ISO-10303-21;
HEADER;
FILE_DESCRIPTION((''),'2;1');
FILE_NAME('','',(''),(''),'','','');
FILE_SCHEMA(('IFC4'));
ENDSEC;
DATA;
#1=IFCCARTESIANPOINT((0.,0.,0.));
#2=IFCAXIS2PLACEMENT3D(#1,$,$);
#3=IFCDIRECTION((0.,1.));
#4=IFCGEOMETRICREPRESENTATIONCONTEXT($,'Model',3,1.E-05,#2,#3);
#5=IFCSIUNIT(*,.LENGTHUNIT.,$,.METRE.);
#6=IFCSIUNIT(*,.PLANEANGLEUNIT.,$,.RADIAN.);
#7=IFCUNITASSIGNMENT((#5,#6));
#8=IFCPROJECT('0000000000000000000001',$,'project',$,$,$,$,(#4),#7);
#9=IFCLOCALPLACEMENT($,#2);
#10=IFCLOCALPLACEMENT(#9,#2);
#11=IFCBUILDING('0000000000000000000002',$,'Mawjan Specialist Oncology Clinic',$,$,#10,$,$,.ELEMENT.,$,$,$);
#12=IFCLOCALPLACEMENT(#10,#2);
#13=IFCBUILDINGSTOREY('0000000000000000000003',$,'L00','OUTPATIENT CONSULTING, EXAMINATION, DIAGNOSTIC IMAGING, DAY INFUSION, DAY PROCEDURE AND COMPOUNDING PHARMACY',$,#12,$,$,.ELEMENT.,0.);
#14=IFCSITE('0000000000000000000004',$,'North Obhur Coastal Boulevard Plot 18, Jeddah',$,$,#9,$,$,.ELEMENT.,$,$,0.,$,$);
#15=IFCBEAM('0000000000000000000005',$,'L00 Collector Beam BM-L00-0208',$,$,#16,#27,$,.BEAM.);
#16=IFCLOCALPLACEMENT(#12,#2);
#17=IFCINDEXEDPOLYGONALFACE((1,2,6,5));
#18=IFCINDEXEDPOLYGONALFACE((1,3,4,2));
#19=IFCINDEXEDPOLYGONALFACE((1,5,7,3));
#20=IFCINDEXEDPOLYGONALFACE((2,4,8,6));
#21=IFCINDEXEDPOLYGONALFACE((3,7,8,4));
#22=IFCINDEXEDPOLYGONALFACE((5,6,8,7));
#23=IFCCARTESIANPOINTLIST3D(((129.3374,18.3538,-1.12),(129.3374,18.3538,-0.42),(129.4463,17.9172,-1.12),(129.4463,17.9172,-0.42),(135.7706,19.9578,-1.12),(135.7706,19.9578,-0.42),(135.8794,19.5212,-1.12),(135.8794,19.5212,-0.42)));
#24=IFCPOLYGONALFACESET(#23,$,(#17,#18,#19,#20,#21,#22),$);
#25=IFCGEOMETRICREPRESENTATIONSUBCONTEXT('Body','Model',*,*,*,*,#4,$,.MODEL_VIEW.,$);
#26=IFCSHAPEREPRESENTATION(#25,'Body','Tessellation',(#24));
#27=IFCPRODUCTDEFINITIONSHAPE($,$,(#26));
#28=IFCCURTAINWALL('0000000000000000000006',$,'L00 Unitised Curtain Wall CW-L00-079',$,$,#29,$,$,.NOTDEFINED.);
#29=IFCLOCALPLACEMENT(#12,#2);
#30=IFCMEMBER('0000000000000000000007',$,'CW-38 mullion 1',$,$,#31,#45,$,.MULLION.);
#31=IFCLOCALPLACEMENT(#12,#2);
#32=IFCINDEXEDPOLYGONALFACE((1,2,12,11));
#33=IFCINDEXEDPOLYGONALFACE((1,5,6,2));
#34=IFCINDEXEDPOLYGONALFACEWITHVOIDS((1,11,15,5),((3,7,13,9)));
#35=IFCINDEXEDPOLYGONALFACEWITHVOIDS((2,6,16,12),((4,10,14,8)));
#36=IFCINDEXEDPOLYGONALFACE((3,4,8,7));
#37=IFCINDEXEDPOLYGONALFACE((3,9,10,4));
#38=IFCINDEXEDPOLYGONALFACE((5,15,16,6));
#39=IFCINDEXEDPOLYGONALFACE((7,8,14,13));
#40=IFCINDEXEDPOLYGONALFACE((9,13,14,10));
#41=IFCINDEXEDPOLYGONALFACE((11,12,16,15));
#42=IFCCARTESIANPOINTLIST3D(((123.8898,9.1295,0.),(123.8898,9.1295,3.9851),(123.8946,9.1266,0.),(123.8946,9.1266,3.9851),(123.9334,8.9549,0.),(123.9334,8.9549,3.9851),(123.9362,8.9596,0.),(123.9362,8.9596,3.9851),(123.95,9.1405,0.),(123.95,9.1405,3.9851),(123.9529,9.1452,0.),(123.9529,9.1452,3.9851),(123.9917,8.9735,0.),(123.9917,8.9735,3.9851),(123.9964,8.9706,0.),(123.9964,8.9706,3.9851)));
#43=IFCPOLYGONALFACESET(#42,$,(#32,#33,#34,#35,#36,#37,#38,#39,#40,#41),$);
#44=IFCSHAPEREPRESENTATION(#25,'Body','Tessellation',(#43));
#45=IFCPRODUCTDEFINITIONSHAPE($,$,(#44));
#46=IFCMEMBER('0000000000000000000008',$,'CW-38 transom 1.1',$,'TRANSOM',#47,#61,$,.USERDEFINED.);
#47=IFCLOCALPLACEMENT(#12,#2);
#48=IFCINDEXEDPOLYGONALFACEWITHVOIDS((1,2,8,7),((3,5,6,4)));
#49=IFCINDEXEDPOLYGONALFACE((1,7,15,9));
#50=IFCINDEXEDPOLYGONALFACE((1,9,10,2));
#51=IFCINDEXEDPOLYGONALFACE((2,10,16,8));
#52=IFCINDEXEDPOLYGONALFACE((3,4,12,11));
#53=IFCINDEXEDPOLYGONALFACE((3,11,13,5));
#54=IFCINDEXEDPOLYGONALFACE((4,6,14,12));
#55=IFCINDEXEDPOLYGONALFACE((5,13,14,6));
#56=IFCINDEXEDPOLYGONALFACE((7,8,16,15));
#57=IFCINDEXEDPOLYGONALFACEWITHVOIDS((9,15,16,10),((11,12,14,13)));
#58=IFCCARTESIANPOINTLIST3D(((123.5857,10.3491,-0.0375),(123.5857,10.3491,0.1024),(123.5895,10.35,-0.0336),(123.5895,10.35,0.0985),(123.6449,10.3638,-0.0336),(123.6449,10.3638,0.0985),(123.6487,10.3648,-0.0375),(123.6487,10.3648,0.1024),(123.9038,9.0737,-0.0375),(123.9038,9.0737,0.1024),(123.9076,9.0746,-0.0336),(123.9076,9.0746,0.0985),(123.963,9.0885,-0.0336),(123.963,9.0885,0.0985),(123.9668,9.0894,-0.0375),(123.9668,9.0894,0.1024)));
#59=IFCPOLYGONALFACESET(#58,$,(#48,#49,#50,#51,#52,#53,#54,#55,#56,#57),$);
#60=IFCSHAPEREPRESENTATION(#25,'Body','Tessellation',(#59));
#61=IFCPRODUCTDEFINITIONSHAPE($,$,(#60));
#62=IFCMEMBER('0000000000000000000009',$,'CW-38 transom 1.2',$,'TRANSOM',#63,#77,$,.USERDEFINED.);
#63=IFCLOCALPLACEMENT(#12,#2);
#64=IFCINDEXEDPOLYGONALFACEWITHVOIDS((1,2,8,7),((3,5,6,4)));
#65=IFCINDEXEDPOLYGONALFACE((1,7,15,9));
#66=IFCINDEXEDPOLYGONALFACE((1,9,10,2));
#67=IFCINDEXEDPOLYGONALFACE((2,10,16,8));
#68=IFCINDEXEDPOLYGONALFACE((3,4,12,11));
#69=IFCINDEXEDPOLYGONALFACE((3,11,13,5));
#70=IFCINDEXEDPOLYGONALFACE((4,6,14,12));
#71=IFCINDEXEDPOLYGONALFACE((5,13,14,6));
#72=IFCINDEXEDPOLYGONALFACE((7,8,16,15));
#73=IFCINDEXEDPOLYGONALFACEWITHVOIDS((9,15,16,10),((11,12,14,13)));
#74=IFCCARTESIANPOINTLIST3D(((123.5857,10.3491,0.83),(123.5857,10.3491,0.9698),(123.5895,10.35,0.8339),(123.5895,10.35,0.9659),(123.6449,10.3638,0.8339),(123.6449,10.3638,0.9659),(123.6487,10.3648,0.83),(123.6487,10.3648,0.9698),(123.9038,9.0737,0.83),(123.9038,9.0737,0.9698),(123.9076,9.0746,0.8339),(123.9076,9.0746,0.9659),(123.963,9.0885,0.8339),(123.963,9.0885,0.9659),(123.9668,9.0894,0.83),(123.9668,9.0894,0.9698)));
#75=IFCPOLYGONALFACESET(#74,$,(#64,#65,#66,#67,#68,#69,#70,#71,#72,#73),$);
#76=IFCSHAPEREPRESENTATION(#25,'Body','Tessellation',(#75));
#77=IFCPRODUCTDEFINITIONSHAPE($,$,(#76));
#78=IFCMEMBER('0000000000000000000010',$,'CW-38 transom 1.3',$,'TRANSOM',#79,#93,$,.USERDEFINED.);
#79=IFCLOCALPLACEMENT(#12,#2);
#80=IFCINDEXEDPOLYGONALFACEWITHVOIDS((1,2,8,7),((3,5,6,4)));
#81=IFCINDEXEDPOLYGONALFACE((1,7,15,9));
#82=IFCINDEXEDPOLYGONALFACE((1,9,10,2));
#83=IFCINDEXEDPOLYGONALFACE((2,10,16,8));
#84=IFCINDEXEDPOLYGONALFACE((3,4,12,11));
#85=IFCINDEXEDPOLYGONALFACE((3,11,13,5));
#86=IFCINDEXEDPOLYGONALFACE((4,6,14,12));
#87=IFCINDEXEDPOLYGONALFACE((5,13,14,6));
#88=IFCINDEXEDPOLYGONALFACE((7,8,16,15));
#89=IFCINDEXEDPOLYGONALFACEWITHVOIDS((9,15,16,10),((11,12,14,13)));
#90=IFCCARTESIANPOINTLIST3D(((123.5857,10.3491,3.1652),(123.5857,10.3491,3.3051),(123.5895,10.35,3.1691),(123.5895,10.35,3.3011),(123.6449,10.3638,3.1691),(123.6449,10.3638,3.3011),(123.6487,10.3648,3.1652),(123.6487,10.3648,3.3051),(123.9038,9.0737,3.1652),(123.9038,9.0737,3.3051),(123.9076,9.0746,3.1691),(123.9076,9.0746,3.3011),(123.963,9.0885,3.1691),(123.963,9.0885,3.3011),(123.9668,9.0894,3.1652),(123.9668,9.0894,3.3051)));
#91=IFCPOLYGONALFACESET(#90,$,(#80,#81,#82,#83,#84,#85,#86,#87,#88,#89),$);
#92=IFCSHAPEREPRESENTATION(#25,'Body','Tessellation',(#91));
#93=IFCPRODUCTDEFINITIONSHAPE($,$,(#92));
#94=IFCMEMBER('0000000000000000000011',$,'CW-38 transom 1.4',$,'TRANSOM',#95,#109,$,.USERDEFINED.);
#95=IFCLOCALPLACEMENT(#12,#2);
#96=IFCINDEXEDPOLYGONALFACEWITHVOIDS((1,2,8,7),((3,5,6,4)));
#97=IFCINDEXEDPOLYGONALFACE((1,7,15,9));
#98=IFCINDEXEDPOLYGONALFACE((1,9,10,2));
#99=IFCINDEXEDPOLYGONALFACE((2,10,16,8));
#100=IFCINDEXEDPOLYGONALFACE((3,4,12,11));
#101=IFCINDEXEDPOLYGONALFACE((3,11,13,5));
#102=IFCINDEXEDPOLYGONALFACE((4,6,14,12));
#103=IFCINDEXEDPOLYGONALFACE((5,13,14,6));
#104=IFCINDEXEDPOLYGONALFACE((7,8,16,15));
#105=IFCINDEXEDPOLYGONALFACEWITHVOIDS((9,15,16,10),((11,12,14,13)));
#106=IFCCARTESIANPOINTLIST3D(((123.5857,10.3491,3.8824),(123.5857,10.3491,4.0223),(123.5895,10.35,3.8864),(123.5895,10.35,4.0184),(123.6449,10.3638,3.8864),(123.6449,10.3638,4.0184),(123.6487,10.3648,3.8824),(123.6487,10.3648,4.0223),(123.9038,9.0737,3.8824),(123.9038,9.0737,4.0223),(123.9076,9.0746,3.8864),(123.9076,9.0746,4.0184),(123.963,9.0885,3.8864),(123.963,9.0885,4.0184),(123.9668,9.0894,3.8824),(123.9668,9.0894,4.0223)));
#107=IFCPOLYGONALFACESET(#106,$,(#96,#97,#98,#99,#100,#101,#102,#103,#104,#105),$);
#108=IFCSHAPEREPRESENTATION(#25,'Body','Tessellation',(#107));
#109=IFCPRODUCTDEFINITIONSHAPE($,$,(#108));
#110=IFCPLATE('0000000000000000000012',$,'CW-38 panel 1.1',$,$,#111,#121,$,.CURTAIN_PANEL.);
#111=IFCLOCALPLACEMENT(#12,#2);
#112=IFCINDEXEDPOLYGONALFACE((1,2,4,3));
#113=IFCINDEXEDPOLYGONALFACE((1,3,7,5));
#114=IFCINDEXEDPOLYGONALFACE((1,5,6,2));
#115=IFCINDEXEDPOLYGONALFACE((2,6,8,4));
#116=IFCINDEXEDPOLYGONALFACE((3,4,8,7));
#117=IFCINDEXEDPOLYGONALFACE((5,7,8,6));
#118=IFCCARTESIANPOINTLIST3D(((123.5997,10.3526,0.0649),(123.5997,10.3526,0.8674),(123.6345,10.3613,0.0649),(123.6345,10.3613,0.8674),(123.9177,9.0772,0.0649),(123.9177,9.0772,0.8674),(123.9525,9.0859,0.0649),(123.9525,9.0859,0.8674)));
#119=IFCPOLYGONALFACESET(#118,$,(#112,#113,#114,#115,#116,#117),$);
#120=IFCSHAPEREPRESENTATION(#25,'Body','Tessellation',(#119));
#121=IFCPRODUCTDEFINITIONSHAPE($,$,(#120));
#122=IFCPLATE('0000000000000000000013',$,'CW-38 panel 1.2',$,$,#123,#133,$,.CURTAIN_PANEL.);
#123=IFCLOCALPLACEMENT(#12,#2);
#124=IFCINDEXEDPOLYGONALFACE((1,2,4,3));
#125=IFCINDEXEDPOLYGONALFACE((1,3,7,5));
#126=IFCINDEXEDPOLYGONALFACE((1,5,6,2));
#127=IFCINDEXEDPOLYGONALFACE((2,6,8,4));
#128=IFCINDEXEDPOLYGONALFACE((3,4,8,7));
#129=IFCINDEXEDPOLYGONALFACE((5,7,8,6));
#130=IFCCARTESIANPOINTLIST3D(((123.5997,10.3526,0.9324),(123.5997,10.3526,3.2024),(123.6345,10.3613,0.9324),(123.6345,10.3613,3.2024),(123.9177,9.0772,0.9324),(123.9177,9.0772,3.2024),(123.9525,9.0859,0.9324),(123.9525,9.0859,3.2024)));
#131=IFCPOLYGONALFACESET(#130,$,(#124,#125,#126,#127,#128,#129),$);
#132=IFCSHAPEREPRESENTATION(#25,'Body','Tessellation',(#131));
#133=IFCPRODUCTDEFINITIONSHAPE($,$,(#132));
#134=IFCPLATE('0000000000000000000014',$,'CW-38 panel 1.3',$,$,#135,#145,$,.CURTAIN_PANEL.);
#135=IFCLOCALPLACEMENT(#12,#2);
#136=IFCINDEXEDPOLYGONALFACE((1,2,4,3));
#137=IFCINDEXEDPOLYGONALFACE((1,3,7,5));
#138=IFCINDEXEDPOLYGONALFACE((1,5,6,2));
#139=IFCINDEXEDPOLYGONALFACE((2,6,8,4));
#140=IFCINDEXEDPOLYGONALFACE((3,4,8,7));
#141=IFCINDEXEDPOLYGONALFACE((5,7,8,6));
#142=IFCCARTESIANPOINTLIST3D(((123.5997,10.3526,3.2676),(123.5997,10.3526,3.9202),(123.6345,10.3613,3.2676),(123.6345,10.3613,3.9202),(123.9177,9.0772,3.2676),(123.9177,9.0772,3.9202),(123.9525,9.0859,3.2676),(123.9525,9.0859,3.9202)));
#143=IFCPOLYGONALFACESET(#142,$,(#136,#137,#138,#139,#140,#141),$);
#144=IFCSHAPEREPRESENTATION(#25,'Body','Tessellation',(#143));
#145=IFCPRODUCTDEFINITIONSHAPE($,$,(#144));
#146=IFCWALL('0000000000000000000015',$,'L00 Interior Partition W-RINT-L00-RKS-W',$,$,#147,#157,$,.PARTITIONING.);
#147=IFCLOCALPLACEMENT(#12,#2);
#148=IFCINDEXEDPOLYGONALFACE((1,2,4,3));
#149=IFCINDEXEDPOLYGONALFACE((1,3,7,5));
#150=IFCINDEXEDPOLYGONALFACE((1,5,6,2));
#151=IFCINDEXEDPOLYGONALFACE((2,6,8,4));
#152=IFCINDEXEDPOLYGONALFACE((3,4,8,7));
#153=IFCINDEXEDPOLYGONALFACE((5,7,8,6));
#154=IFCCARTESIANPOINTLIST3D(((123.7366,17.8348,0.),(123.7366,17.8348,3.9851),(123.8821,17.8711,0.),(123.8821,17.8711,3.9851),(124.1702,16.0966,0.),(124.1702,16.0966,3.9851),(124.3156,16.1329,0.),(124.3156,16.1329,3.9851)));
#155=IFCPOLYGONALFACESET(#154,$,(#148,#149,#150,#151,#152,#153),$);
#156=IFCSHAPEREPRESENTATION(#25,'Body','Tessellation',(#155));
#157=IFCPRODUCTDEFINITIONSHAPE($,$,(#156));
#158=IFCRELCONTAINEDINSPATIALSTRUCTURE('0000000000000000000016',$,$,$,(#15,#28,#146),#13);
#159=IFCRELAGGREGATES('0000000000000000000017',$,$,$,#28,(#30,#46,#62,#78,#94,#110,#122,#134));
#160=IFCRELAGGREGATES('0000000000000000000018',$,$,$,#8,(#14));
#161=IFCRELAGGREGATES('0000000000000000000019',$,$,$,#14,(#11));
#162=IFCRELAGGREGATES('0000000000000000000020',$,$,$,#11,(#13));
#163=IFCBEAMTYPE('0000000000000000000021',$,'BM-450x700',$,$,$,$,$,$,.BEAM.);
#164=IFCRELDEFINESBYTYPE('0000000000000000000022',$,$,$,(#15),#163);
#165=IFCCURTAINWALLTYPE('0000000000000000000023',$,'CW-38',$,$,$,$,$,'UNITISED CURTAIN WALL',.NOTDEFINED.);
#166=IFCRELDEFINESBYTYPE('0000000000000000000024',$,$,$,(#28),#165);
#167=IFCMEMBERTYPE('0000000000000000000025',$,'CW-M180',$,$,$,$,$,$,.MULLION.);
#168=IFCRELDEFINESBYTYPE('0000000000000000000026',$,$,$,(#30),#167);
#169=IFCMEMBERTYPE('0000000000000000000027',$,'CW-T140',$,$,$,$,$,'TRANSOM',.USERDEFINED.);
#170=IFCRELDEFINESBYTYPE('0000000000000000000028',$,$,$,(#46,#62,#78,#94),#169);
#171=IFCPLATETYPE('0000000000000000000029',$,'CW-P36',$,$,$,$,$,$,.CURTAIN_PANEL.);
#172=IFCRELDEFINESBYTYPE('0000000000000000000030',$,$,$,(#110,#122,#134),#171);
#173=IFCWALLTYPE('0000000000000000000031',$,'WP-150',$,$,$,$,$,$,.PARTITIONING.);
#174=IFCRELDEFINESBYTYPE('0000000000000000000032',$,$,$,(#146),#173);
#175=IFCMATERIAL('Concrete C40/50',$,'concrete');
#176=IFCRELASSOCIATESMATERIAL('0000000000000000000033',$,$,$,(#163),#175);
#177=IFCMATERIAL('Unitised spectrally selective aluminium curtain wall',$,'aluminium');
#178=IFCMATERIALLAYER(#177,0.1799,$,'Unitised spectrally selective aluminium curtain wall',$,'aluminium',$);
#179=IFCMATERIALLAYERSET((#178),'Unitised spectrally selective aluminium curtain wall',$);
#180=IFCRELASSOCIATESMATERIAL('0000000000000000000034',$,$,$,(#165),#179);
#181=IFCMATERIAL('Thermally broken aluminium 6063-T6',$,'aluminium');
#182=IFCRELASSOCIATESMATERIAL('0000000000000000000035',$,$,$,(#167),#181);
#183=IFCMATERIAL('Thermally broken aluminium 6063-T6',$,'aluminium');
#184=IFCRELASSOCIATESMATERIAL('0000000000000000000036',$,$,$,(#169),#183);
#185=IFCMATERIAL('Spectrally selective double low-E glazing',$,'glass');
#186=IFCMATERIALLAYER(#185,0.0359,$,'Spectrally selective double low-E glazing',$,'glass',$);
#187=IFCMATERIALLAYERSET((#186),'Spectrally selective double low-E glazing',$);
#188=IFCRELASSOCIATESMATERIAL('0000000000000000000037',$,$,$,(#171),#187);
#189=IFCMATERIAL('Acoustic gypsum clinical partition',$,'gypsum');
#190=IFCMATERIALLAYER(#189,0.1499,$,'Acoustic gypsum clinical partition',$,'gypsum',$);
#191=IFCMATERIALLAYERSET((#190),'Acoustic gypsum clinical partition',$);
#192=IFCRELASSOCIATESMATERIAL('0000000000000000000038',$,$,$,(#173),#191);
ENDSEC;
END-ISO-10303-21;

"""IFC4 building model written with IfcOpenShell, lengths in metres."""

from ifc_helpers import new_model, si_unit, direction, frame, frame_2d, origin, origin_2d, place, context, subcontext, project, spatial, rectangle, hollow_rectangle, extrude, material, layer, layer_set, material_profile, profile_set, type_object, element, aggregate, save


model = new_model("IFC4")

# Units and contexts
model_context = context("Model", 3, precision=1e-05, world=origin(), true_north=direction((0.0, 1.0)))
body_context = subcontext(model_context, "Body", "Model", "MODEL_VIEW")
ifc_project = project(units=[si_unit("LENGTHUNIT", "METRE"), si_unit("PLANEANGLEUNIT", "RADIAN")], contexts=[model_context])

# Site, building, storey
site_placement = place(None, origin())
site = spatial("IfcSite", under=ifc_project, at=site_placement, Name="North Obhur Coastal Boulevard Plot 18, Jeddah", CompositionType="ELEMENT", RefElevation=0.0)
building_placement = place(site_placement, origin())
building = spatial("IfcBuilding", under=site, at=building_placement, Name="Mawjan Specialist Oncology Clinic", CompositionType="ELEMENT")
storey_placement = place(building_placement, origin())
storey = spatial("IfcBuildingStorey", under=building, at=storey_placement, Name="L00", Description="OUTPATIENT CONSULTING, EXAMINATION, DIAGNOSTIC IMAGING, DAY INFUSION, DAY PROCEDURE AND COMPOUNDING PHARMACY", CompositionType="ELEMENT", Elevation=0.0)

# Beam
ifc_material_1 = material(Name="Concrete C40/50", Category="concrete")
ifc_material_profile_1 = material_profile(ifc_material_1, rectangle(XDim=0.45, YDim=0.7, at=origin_2d()), Name="RC BM 450x700", Category="concrete")
ifc_profile_set_1 = profile_set([ifc_material_profile_1], Name="Concrete C40/50")
beam_type = type_object("IfcBeamType", Name="BM-450x700", PredefinedType="BEAM", material=ifc_profile_set_1)
beam_placement = place(storey_placement, frame((129.3918, 18.1355, -0.77), z_axis=(0.970294, 0.241929, 0.0), x_axis=(-0.241929, 0.970294, 0.0)))
element("IfcBeam", 1, at=beam_placement, inside=storey, type_object=beam_type, Name="L00 Collector Beam BM-L00-0208", PredefinedType="BEAM", context=body_context, shape_type="SweptSolid", body=[
    extrude(rectangle(XDim=0.45, YDim=0.7, at=origin_2d()), origin(), (0.0, 0.0, 1.0), 6.6301),
])

# Curtain wall, members, plates
ifc_material_2 = material(Name="Unitised spectrally selective aluminium curtain wall", Category="aluminium")
ifc_layer_1 = layer(ifc_material_2, 0.1799, Name="Unitised spectrally selective aluminium curtain wall", Category="aluminium")
ifc_layer_set_1 = layer_set([ifc_layer_1], Name="Unitised spectrally selective aluminium curtain wall")
curtain_wall_type = type_object("IfcCurtainWallType", Name="CW-38", ElementType="UNITISED CURTAIN WALL", PredefinedType="NOTDEFINED", material=ifc_layer_set_1)
curtain_wall_placement = place(storey_placement, origin())
curtain_wall = element("IfcCurtainWall", 2, at=curtain_wall_placement, inside=storey, type_object=curtain_wall_type, Name="L00 Unitised Curtain Wall CW-L00-079", PredefinedType="NOTDEFINED")
ifc_material_3 = material(Name="Thermally broken aluminium 6063-T6", Category="aluminium")
ifc_material_profile_2 = material_profile(ifc_material_3, hollow_rectangle(XDim=0.0649, YDim=0.1799, WallThickness=0.0039, at=origin_2d()), Name="ALU MULLION 180x65x4", Category="aluminium")
ifc_profile_set_2 = profile_set([ifc_material_profile_2], Name="Thermally broken aluminium 6063-T6")
member_type_1 = type_object("IfcMemberType", Name="CW-M180", PredefinedType="MULLION", material=ifc_profile_set_2)
member_1_placement = place(storey_placement, frame((123.9431, 9.05, 0.0), z_axis=(0.0, 0.0, 1.0), x_axis=(-0.970296, -0.241922, 0.0)))
member_1 = element("IfcMember", 3, at=member_1_placement, type_object=member_type_1, Name="CW-38 mullion 1", PredefinedType="MULLION", context=body_context, shape_type="SweptSolid", body=[
    extrude(hollow_rectangle(XDim=0.0649, YDim=0.1799, WallThickness=0.0039, at=origin_2d()), origin(), (0.0, 0.0, 1.0), 3.9851),
])
ifc_material_4 = material(Name="Thermally broken aluminium 6063-T6", Category="aluminium")
ifc_material_profile_3 = material_profile(ifc_material_4, hollow_rectangle(XDim=0.0649, YDim=0.1399, WallThickness=0.0039, at=origin_2d()), Name="ALU TRANSOM 140x65x4", Category="aluminium")
ifc_profile_set_3 = profile_set([ifc_material_profile_3], Name="Thermally broken aluminium 6063-T6")
member_type_2 = type_object("IfcMemberType", Name="CW-T140", ElementType="TRANSOM", PredefinedType="USERDEFINED", material=ifc_profile_set_3)
member_2_placement = place(storey_placement, frame((123.9353, 9.0815, 0.0325), z_axis=(-0.242011, 0.970273, 0.0), x_axis=(-0.970273, -0.242011, 0.0)))
member_2 = element("IfcMember", 4, at=member_2_placement, type_object=member_type_2, Name="CW-38 transom 1.1", ObjectType="TRANSOM", PredefinedType="USERDEFINED", context=body_context, shape_type="SweptSolid", body=[
    extrude(hollow_rectangle(XDim=0.0649, YDim=0.1399, WallThickness=0.0039, at=origin_2d()), origin(), (0.0, 0.0, 1.0), 1.3145),
])
member_3_placement = place(storey_placement, frame((123.9353, 9.0815, 0.8999), z_axis=(-0.242011, 0.970273, 0.0), x_axis=(-0.970273, -0.242011, 0.0)))
member_3 = element("IfcMember", 5, at=member_3_placement, type_object=member_type_2, Name="CW-38 transom 1.2", ObjectType="TRANSOM", PredefinedType="USERDEFINED", context=body_context, shape_type="SweptSolid", body=[
    extrude(hollow_rectangle(XDim=0.0649, YDim=0.1399, WallThickness=0.0039, at=origin_2d()), origin(), (0.0, 0.0, 1.0), 1.3145),
])
member_4_placement = place(storey_placement, frame((123.9353, 9.0815, 3.2351), z_axis=(-0.242011, 0.970273, 0.0), x_axis=(-0.970273, -0.242011, 0.0)))
member_4 = element("IfcMember", 6, at=member_4_placement, type_object=member_type_2, Name="CW-38 transom 1.3", ObjectType="TRANSOM", PredefinedType="USERDEFINED", context=body_context, shape_type="SweptSolid", body=[
    extrude(hollow_rectangle(XDim=0.0649, YDim=0.1399, WallThickness=0.0039, at=origin_2d()), origin(), (0.0, 0.0, 1.0), 1.3145),
])
member_5_placement = place(storey_placement, frame((123.9353, 9.0815, 3.9524), z_axis=(-0.242011, 0.970273, 0.0), x_axis=(-0.970273, -0.242011, 0.0)))
member_5 = element("IfcMember", 7, at=member_5_placement, type_object=member_type_2, Name="CW-38 transom 1.4", ObjectType="TRANSOM", PredefinedType="USERDEFINED", context=body_context, shape_type="SweptSolid", body=[
    extrude(hollow_rectangle(XDim=0.0649, YDim=0.1399, WallThickness=0.0039, at=origin_2d()), origin(), (0.0, 0.0, 1.0), 1.3145),
])
ifc_material_5 = material(Name="Spectrally selective double low-E glazing", Category="glass")
ifc_layer_2 = layer(ifc_material_5, 0.0359, Name="Spectrally selective double low-E glazing", Category="glass")
ifc_layer_set_2 = layer_set([ifc_layer_2], Name="Spectrally selective double low-E glazing")
plate_type = type_object("IfcPlateType", Name="CW-P36", PredefinedType="CURTAIN_PANEL", material=ifc_layer_set_2)
plate_1_placement = place(storey_placement, frame((123.7761, 9.7192, 0.0649), z_axis=(0.0, 0.0, 1.0), x_axis=(-0.241922, 0.970296, 0.0)))
plate_1 = element("IfcPlate", 8, at=plate_1_placement, type_object=plate_type, Name="CW-38 panel 1.1", PredefinedType="CURTAIN_PANEL", context=body_context, shape_type="SweptSolid", body=[
    extrude(rectangle(XDim=1.3145, YDim=0.0359, at=origin_2d()), origin(), (0.0, 0.0, 1.0), 0.8025),
])
plate_2_placement = place(storey_placement, frame((123.7761, 9.7192, 0.9324), z_axis=(0.0, 0.0, 1.0), x_axis=(-0.241922, 0.970296, 0.0)))
plate_2 = element("IfcPlate", 9, at=plate_2_placement, type_object=plate_type, Name="CW-38 panel 1.2", PredefinedType="CURTAIN_PANEL", context=body_context, shape_type="SweptSolid", body=[
    extrude(rectangle(XDim=1.3145, YDim=0.0359, at=origin_2d()), origin(), (0.0, 0.0, 1.0), 2.27),
])
plate_3_placement = place(storey_placement, frame((123.7761, 9.7192, 3.2676), z_axis=(0.0, 0.0, 1.0), x_axis=(-0.241922, 0.970296, 0.0)))
plate_3 = element("IfcPlate", 10, at=plate_3_placement, type_object=plate_type, Name="CW-38 panel 1.3", PredefinedType="CURTAIN_PANEL", context=body_context, shape_type="SweptSolid", body=[
    extrude(rectangle(XDim=1.3145, YDim=0.0359, at=origin_2d()), origin(), (0.0, 0.0, 1.0), 0.6526),
])
aggregate(curtain_wall, [member_1, member_2, member_3, member_4, member_5, plate_1, plate_2, plate_3])

# Wall
ifc_material_6 = material(Name="Acoustic gypsum clinical partition", Category="gypsum")
ifc_layer_3 = layer(ifc_material_6, 0.1499, Name="Acoustic gypsum clinical partition", Category="gypsum")
ifc_layer_set_3 = layer_set([ifc_layer_3], Name="Acoustic gypsum clinical partition")
wall_type_1 = type_object("IfcWallType", Name="WP-150", PredefinedType="PARTITIONING", material=ifc_layer_set_3)
wall_1_placement = place(storey_placement, frame((124.2429, 16.1147, 0.0), z_axis=(0.0, 0.0, 1.0), x_axis=(-0.242023, 0.970271, 0.0)))
element("IfcWall", 11, at=wall_1_placement, inside=storey, type_object=wall_type_1, Name="L00 Interior Partition W-RINT-L00-RKS-W", PredefinedType="PARTITIONING", context=body_context, shape_type="SweptSolid", body=[
    extrude(rectangle(XDim=1.7915, YDim=0.1499, at=frame_2d((0.8958, 0.0))), origin(), (0.0, 0.0, 1.0), 3.9851),
])

save(model, "model.ifc")
